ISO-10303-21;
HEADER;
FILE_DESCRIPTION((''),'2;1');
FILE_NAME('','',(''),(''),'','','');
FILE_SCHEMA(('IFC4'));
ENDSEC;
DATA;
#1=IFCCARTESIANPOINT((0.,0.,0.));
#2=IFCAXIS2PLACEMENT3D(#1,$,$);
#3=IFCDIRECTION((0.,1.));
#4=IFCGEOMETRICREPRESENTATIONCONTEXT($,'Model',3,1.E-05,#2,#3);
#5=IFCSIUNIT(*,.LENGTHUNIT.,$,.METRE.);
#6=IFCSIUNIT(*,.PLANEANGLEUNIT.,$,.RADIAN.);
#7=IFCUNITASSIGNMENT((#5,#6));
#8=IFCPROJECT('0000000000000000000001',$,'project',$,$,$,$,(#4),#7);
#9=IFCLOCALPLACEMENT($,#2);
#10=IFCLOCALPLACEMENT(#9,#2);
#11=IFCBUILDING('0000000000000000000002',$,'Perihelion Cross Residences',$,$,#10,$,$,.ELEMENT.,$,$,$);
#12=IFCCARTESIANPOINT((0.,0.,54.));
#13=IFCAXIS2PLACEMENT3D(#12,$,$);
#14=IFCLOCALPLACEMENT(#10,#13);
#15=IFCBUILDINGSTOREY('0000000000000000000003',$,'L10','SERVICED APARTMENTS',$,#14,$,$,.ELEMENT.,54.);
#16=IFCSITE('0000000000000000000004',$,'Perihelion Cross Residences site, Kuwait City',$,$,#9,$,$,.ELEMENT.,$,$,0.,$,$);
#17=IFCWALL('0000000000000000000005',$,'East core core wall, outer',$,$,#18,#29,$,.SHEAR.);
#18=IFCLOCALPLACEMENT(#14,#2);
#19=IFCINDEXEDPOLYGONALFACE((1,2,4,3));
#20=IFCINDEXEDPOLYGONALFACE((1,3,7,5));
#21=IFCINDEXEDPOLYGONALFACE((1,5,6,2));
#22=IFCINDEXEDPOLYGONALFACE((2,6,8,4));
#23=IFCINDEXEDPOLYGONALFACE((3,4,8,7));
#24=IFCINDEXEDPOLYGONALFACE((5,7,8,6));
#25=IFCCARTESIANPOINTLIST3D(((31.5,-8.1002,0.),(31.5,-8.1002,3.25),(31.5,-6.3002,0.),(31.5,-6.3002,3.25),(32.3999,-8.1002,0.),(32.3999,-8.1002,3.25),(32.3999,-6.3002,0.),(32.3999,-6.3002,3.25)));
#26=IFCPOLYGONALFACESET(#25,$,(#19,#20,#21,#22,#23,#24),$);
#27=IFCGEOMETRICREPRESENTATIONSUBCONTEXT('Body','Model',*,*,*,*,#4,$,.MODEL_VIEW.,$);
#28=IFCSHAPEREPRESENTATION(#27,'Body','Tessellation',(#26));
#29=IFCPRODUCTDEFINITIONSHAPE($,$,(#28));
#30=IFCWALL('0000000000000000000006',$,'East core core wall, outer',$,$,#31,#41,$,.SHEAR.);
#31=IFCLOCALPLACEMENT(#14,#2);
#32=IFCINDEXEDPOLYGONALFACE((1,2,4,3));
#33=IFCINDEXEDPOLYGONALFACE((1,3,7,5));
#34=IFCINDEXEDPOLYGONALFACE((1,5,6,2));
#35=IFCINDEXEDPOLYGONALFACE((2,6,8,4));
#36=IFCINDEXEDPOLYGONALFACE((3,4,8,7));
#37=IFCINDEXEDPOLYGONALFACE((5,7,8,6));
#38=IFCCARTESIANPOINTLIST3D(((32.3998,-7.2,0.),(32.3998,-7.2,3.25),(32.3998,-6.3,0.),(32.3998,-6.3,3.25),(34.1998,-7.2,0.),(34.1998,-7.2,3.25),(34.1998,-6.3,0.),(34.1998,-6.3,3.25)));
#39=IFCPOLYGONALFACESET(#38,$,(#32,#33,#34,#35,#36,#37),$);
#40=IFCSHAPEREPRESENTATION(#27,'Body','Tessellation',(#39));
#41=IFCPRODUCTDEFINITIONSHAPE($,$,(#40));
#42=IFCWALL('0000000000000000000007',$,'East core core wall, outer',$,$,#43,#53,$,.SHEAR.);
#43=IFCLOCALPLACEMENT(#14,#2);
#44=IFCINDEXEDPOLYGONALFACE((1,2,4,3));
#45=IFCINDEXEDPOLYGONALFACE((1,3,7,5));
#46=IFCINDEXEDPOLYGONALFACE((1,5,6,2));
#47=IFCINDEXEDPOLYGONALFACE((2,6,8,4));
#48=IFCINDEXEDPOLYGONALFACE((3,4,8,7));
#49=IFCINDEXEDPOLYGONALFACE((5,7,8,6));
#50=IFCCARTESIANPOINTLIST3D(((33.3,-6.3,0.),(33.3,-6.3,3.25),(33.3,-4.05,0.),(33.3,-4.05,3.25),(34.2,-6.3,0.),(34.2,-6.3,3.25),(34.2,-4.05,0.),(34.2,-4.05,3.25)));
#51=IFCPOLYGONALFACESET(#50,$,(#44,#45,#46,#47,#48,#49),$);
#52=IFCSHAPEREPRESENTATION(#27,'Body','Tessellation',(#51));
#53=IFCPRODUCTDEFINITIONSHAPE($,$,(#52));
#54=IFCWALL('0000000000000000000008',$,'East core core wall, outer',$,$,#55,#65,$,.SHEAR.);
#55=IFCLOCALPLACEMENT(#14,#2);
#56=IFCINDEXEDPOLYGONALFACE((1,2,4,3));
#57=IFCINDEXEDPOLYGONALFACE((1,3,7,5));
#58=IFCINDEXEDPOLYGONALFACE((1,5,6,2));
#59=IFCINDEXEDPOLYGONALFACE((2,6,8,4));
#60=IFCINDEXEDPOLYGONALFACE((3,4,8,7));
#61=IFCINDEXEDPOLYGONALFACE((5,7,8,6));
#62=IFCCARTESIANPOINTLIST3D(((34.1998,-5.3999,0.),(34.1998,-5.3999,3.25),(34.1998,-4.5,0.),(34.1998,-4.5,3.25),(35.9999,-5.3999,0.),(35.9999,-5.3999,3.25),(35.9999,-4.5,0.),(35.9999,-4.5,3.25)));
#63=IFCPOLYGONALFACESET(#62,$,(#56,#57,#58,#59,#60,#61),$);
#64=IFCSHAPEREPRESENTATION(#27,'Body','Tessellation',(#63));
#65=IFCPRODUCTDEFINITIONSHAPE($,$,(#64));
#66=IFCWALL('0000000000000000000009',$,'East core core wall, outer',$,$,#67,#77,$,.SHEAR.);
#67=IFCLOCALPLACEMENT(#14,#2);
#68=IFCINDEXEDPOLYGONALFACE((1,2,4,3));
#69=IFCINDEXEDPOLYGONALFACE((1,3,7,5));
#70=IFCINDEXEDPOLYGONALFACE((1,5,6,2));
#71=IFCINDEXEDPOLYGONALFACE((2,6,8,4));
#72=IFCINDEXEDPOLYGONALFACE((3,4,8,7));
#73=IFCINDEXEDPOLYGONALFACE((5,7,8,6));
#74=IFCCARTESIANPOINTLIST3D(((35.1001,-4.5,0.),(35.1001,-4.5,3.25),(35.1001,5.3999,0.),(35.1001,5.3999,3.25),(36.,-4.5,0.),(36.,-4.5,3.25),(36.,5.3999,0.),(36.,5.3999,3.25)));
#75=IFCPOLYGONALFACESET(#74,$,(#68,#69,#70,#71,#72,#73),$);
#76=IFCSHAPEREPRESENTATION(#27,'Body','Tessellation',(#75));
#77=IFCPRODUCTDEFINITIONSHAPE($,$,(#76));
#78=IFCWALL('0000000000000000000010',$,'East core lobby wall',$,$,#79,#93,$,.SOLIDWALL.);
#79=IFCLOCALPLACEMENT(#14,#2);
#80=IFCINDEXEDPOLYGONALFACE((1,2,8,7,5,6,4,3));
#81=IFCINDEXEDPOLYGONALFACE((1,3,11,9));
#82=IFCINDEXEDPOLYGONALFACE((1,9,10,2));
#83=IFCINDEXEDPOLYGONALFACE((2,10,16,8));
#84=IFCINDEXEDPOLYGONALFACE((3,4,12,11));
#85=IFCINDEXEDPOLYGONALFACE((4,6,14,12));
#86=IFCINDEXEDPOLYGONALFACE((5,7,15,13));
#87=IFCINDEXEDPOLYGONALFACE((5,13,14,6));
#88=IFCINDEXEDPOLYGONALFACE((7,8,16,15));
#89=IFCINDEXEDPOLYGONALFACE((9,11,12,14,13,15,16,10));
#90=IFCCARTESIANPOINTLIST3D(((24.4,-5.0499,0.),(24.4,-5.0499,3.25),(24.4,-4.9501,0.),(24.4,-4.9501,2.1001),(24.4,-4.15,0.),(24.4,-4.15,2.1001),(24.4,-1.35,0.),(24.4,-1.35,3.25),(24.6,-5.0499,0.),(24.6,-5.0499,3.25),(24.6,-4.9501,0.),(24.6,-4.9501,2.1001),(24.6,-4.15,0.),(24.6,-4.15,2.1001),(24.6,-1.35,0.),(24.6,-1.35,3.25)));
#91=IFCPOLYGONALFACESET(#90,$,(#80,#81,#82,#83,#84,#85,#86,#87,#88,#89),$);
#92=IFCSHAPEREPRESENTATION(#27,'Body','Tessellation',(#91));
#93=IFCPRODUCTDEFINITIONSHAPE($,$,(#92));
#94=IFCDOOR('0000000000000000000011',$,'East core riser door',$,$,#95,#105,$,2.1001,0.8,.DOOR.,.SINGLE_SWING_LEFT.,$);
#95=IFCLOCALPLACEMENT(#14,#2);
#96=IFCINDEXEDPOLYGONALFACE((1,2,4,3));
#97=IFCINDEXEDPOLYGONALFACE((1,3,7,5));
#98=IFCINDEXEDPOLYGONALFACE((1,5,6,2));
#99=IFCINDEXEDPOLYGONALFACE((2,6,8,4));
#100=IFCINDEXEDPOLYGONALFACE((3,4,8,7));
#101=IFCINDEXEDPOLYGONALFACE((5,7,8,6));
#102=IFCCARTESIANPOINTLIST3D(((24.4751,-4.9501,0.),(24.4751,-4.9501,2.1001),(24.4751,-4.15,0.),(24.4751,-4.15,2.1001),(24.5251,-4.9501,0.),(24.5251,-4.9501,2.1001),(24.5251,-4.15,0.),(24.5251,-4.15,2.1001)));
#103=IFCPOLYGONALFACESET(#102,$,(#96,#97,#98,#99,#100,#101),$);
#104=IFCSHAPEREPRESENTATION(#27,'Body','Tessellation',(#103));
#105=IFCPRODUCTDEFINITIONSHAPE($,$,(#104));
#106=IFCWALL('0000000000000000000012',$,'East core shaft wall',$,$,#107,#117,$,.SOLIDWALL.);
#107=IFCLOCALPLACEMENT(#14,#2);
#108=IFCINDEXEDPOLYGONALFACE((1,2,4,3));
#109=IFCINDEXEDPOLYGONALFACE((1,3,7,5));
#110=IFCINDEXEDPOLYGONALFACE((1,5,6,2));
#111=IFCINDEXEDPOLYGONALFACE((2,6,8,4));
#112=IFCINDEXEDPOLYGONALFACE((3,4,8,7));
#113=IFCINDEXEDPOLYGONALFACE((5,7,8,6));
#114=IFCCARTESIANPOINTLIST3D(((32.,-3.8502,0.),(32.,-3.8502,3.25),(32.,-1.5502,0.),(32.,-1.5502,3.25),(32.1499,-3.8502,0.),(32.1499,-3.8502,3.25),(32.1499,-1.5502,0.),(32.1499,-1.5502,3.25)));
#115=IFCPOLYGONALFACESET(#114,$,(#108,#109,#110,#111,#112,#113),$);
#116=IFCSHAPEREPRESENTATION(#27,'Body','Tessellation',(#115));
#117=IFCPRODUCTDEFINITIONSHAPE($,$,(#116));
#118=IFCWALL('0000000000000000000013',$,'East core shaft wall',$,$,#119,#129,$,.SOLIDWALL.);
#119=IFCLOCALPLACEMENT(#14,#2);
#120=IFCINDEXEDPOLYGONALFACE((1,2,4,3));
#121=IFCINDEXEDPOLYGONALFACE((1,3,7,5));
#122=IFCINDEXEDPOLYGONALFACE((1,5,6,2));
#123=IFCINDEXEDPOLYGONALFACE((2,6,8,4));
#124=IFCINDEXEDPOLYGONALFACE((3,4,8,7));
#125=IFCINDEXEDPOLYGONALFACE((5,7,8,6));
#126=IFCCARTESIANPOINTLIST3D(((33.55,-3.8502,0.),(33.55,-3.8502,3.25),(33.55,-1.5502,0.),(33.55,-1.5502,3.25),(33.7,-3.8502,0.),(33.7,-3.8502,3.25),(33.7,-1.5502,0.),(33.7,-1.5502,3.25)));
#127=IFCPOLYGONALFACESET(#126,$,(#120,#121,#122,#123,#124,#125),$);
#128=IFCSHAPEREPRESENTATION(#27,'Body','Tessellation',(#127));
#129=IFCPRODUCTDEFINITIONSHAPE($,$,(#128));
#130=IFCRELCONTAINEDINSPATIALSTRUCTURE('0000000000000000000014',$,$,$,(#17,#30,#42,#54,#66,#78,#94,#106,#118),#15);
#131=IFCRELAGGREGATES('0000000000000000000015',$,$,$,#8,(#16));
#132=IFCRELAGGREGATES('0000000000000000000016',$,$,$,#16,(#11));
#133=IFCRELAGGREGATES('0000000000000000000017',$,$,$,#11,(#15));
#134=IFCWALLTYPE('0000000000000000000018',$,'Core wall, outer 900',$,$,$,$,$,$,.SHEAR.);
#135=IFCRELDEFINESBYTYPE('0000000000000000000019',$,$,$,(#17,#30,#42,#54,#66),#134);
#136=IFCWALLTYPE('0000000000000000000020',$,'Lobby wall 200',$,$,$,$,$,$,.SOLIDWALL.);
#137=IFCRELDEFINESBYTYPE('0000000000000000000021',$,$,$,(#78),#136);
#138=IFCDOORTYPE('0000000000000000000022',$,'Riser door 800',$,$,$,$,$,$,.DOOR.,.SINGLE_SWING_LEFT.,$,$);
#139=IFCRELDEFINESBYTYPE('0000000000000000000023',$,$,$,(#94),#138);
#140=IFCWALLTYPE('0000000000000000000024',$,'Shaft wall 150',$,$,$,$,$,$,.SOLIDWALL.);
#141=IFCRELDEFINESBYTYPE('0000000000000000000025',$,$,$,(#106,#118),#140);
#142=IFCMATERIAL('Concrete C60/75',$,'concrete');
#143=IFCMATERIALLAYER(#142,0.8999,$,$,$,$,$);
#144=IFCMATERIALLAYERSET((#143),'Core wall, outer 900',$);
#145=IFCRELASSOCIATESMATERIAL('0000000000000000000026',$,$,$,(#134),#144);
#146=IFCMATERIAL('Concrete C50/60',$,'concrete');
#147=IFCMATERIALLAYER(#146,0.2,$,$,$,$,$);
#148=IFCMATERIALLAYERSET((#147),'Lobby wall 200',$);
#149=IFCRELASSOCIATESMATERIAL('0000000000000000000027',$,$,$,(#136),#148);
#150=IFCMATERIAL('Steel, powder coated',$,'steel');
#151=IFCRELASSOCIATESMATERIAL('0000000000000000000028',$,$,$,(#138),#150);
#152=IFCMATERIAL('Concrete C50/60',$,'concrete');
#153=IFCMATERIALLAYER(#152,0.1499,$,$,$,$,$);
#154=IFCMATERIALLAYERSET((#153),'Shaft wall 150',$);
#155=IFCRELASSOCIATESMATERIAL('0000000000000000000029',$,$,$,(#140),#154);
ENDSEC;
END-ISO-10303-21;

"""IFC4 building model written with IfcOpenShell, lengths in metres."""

from ifc_helpers import new_model, si_unit, direction, frame, frame_2d, origin, place, context, subcontext, project, spatial, rectangle, extrude, material, layer, layer_set, type_object, element, fill, save


model = new_model("IFC4")

# Units and contexts
model_context = context("Model", 3, precision=1e-05, world=origin(), true_north=direction((0.0, 1.0)))
body_context = subcontext(model_context, "Body", "Model", "MODEL_VIEW")
ifc_project = project(units=[si_unit("LENGTHUNIT", "METRE"), si_unit("PLANEANGLEUNIT", "RADIAN")], contexts=[model_context])

# Site, building, storey
site_placement = place(None, origin())
site = spatial("IfcSite", under=ifc_project, at=site_placement, Name="Perihelion Cross Residences site, Kuwait City", CompositionType="ELEMENT", RefElevation=0.0)
building_placement = place(site_placement, origin())
building = spatial("IfcBuilding", under=site, at=building_placement, Name="Perihelion Cross Residences", CompositionType="ELEMENT")
storey_placement = place(building_placement, frame((0.0, 0.0, 54.0)))
storey = spatial("IfcBuildingStorey", under=building, at=storey_placement, Name="L10", Description="SERVICED APARTMENTS", CompositionType="ELEMENT", Elevation=54.0)

# Walls
ifc_material_1 = material(Name="Concrete C60/75", Category="concrete")
ifc_layer_1 = layer(ifc_material_1, 0.8999)
ifc_layer_set_1 = layer_set([ifc_layer_1], Name="Core wall, outer 900")
wall_type_1 = type_object("IfcWallType", Name="Core wall, outer 900", PredefinedType="SHEAR", material=ifc_layer_set_1)
for number, where, z_axis, x_axis, name in (
    (1, (31.95, -8.1001, 0.0), (0.0, 0.0, 1.0), (0.0, 1.0, 0.0), "East core core wall, outer"),
    (2, (32.3999, -6.75, 0.0), (0.0, 0.0, 1.0), (1.0, 0.0, 0.0), "East core core wall, outer"),
):
    element("IfcWall", number, at=place(storey_placement, frame(where, z_axis=z_axis, x_axis=x_axis)), inside=storey, type_object=wall_type_1, Name=name, PredefinedType="SHEAR", context=body_context, shape_type="SweptSolid", body=[
        extrude(rectangle(XDim=1.8, YDim=0.8999, at=frame_2d((0.8999, 0.0))), origin(), (0.0, 0.0, 1.0), 3.25),
    ])
wall_1_placement = place(storey_placement, frame((33.75, -6.3, 0.0), z_axis=(0.0, 0.0, 1.0), x_axis=(0.0, 1.0, 0.0)))
element("IfcWall", 3, at=wall_1_placement, inside=storey, type_object=wall_type_1, Name="East core core wall, outer", PredefinedType="SHEAR", context=body_context, shape_type="SweptSolid", body=[
    extrude(rectangle(XDim=2.25, YDim=0.8999, at=frame_2d((1.125, 0.0))), origin(), (0.0, 0.0, 1.0), 3.25),
])
wall_2_placement = place(storey_placement, frame((34.2, -4.95, 0.0), z_axis=(0.0, 0.0, 1.0), x_axis=(1.0, 0.0, 0.0)))
element("IfcWall", 4, at=wall_2_placement, inside=storey, type_object=wall_type_1, Name="East core core wall, outer", PredefinedType="SHEAR", context=body_context, shape_type="SweptSolid", body=[
    extrude(rectangle(XDim=1.8, YDim=0.8999, at=frame_2d((0.8999, 0.0))), origin(), (0.0, 0.0, 1.0), 3.25),
])
wall_3_placement = place(storey_placement, frame((35.55, -4.5, 0.0), z_axis=(0.0, 0.0, 1.0), x_axis=(0.0, 1.0, 0.0)))
element("IfcWall", 5, at=wall_3_placement, inside=storey, type_object=wall_type_1, Name="East core core wall, outer", PredefinedType="SHEAR", context=body_context, shape_type="SweptSolid", body=[
    extrude(rectangle(XDim=9.8999, YDim=0.8999, at=frame_2d((4.95, 0.0))), origin(), (0.0, 0.0, 1.0), 3.25),
])

# Wall, opening, door
ifc_material_2 = material(Name="Concrete C50/60", Category="concrete")
ifc_layer_2 = layer(ifc_material_2, 0.2)
ifc_layer_set_2 = layer_set([ifc_layer_2], Name="Lobby wall 200")
wall_type_2 = type_object("IfcWallType", Name="Lobby wall 200", PredefinedType="SOLIDWALL", material=ifc_layer_set_2)
wall_4_placement = place(storey_placement, frame((24.5, -5.05, 0.0), z_axis=(0.0, 0.0, 1.0), x_axis=(0.0, 1.0, 0.0)))
wall_4 = element("IfcWall", 6, at=wall_4_placement, inside=storey, type_object=wall_type_2, Name="East core lobby wall", PredefinedType="SOLIDWALL", context=body_context, shape_type="SweptSolid", body=[
    extrude(rectangle(XDim=3.7, YDim=0.2, at=frame_2d((1.8501, 0.0))), origin(), (0.0, 0.0, 1.0), 3.25),
])
opening_1_placement = place(wall_4_placement, frame((0.1001, 0.0, 0.0)))
opening_1 = element("IfcOpeningElement", 7, at=opening_1_placement, cuts=wall_4, PredefinedType="OPENING", context=body_context, shape_type="SweptSolid", body=[
    extrude(rectangle(XDim=0.8, YDim=2.1001, at=frame_2d((0.3999, 1.05))), frame((0.0, 0.1099, 0.0), z_axis=(0.0, -1.0, 0.0), x_axis=(1.0, 0.0, 0.0)), (0.0, 0.0, 1.0), 0.22),
])
ifc_material_3 = material(Name="Steel, powder coated", Category="steel")
door_type_1 = type_object("IfcDoorType", Name="Riser door 800", OperationType="SINGLE_SWING_LEFT", PredefinedType="DOOR", material=ifc_material_3)
door_1_placement = place(opening_1_placement, origin())
door_1 = element("IfcDoor", 8, at=door_1_placement, inside=storey, type_object=door_type_1, Name="East core riser door", OperationType="SINGLE_SWING_LEFT", OverallHeight=2.1001, OverallWidth=0.8, PredefinedType="DOOR", context=body_context, shape_type="SweptSolid", body=[
    extrude(rectangle(XDim=0.8, YDim=2.1001, at=frame_2d((0.3999, 1.05))), frame((0.0, 0.0249, 0.0), z_axis=(0.0, -1.0, 0.0), x_axis=(1.0, 0.0, 0.0)), (0.0, 0.0, 1.0), 0.05),
])
fill(opening_1, door_1)

# Walls
ifc_material_4 = material(Name="Concrete C50/60", Category="concrete")
ifc_layer_3 = layer(ifc_material_4, 0.1499)
ifc_layer_set_3 = layer_set([ifc_layer_3], Name="Shaft wall 150")
wall_type_3 = type_object("IfcWallType", Name="Shaft wall 150", PredefinedType="SOLIDWALL", material=ifc_layer_set_3)
for number, where, z_axis, x_axis, name in (
    (9, (32.075, -3.8501, 0.0), (0.0, 0.0, 1.0), (0.0, 1.0, 0.0), "East core shaft wall"),
    (10, (33.625, -3.8501, 0.0), (0.0, 0.0, 1.0), (0.0, 1.0, 0.0), "East core shaft wall"),
):
    element("IfcWall", number, at=place(storey_placement, frame(where, z_axis=z_axis, x_axis=x_axis)), inside=storey, type_object=wall_type_3, Name=name, PredefinedType="SOLIDWALL", context=body_context, shape_type="SweptSolid", body=[
        extrude(rectangle(XDim=2.3, YDim=0.1499, at=frame_2d((1.1499, 0.0))), origin(), (0.0, 0.0, 1.0), 3.25),
    ])

save(model, "model.ifc")
